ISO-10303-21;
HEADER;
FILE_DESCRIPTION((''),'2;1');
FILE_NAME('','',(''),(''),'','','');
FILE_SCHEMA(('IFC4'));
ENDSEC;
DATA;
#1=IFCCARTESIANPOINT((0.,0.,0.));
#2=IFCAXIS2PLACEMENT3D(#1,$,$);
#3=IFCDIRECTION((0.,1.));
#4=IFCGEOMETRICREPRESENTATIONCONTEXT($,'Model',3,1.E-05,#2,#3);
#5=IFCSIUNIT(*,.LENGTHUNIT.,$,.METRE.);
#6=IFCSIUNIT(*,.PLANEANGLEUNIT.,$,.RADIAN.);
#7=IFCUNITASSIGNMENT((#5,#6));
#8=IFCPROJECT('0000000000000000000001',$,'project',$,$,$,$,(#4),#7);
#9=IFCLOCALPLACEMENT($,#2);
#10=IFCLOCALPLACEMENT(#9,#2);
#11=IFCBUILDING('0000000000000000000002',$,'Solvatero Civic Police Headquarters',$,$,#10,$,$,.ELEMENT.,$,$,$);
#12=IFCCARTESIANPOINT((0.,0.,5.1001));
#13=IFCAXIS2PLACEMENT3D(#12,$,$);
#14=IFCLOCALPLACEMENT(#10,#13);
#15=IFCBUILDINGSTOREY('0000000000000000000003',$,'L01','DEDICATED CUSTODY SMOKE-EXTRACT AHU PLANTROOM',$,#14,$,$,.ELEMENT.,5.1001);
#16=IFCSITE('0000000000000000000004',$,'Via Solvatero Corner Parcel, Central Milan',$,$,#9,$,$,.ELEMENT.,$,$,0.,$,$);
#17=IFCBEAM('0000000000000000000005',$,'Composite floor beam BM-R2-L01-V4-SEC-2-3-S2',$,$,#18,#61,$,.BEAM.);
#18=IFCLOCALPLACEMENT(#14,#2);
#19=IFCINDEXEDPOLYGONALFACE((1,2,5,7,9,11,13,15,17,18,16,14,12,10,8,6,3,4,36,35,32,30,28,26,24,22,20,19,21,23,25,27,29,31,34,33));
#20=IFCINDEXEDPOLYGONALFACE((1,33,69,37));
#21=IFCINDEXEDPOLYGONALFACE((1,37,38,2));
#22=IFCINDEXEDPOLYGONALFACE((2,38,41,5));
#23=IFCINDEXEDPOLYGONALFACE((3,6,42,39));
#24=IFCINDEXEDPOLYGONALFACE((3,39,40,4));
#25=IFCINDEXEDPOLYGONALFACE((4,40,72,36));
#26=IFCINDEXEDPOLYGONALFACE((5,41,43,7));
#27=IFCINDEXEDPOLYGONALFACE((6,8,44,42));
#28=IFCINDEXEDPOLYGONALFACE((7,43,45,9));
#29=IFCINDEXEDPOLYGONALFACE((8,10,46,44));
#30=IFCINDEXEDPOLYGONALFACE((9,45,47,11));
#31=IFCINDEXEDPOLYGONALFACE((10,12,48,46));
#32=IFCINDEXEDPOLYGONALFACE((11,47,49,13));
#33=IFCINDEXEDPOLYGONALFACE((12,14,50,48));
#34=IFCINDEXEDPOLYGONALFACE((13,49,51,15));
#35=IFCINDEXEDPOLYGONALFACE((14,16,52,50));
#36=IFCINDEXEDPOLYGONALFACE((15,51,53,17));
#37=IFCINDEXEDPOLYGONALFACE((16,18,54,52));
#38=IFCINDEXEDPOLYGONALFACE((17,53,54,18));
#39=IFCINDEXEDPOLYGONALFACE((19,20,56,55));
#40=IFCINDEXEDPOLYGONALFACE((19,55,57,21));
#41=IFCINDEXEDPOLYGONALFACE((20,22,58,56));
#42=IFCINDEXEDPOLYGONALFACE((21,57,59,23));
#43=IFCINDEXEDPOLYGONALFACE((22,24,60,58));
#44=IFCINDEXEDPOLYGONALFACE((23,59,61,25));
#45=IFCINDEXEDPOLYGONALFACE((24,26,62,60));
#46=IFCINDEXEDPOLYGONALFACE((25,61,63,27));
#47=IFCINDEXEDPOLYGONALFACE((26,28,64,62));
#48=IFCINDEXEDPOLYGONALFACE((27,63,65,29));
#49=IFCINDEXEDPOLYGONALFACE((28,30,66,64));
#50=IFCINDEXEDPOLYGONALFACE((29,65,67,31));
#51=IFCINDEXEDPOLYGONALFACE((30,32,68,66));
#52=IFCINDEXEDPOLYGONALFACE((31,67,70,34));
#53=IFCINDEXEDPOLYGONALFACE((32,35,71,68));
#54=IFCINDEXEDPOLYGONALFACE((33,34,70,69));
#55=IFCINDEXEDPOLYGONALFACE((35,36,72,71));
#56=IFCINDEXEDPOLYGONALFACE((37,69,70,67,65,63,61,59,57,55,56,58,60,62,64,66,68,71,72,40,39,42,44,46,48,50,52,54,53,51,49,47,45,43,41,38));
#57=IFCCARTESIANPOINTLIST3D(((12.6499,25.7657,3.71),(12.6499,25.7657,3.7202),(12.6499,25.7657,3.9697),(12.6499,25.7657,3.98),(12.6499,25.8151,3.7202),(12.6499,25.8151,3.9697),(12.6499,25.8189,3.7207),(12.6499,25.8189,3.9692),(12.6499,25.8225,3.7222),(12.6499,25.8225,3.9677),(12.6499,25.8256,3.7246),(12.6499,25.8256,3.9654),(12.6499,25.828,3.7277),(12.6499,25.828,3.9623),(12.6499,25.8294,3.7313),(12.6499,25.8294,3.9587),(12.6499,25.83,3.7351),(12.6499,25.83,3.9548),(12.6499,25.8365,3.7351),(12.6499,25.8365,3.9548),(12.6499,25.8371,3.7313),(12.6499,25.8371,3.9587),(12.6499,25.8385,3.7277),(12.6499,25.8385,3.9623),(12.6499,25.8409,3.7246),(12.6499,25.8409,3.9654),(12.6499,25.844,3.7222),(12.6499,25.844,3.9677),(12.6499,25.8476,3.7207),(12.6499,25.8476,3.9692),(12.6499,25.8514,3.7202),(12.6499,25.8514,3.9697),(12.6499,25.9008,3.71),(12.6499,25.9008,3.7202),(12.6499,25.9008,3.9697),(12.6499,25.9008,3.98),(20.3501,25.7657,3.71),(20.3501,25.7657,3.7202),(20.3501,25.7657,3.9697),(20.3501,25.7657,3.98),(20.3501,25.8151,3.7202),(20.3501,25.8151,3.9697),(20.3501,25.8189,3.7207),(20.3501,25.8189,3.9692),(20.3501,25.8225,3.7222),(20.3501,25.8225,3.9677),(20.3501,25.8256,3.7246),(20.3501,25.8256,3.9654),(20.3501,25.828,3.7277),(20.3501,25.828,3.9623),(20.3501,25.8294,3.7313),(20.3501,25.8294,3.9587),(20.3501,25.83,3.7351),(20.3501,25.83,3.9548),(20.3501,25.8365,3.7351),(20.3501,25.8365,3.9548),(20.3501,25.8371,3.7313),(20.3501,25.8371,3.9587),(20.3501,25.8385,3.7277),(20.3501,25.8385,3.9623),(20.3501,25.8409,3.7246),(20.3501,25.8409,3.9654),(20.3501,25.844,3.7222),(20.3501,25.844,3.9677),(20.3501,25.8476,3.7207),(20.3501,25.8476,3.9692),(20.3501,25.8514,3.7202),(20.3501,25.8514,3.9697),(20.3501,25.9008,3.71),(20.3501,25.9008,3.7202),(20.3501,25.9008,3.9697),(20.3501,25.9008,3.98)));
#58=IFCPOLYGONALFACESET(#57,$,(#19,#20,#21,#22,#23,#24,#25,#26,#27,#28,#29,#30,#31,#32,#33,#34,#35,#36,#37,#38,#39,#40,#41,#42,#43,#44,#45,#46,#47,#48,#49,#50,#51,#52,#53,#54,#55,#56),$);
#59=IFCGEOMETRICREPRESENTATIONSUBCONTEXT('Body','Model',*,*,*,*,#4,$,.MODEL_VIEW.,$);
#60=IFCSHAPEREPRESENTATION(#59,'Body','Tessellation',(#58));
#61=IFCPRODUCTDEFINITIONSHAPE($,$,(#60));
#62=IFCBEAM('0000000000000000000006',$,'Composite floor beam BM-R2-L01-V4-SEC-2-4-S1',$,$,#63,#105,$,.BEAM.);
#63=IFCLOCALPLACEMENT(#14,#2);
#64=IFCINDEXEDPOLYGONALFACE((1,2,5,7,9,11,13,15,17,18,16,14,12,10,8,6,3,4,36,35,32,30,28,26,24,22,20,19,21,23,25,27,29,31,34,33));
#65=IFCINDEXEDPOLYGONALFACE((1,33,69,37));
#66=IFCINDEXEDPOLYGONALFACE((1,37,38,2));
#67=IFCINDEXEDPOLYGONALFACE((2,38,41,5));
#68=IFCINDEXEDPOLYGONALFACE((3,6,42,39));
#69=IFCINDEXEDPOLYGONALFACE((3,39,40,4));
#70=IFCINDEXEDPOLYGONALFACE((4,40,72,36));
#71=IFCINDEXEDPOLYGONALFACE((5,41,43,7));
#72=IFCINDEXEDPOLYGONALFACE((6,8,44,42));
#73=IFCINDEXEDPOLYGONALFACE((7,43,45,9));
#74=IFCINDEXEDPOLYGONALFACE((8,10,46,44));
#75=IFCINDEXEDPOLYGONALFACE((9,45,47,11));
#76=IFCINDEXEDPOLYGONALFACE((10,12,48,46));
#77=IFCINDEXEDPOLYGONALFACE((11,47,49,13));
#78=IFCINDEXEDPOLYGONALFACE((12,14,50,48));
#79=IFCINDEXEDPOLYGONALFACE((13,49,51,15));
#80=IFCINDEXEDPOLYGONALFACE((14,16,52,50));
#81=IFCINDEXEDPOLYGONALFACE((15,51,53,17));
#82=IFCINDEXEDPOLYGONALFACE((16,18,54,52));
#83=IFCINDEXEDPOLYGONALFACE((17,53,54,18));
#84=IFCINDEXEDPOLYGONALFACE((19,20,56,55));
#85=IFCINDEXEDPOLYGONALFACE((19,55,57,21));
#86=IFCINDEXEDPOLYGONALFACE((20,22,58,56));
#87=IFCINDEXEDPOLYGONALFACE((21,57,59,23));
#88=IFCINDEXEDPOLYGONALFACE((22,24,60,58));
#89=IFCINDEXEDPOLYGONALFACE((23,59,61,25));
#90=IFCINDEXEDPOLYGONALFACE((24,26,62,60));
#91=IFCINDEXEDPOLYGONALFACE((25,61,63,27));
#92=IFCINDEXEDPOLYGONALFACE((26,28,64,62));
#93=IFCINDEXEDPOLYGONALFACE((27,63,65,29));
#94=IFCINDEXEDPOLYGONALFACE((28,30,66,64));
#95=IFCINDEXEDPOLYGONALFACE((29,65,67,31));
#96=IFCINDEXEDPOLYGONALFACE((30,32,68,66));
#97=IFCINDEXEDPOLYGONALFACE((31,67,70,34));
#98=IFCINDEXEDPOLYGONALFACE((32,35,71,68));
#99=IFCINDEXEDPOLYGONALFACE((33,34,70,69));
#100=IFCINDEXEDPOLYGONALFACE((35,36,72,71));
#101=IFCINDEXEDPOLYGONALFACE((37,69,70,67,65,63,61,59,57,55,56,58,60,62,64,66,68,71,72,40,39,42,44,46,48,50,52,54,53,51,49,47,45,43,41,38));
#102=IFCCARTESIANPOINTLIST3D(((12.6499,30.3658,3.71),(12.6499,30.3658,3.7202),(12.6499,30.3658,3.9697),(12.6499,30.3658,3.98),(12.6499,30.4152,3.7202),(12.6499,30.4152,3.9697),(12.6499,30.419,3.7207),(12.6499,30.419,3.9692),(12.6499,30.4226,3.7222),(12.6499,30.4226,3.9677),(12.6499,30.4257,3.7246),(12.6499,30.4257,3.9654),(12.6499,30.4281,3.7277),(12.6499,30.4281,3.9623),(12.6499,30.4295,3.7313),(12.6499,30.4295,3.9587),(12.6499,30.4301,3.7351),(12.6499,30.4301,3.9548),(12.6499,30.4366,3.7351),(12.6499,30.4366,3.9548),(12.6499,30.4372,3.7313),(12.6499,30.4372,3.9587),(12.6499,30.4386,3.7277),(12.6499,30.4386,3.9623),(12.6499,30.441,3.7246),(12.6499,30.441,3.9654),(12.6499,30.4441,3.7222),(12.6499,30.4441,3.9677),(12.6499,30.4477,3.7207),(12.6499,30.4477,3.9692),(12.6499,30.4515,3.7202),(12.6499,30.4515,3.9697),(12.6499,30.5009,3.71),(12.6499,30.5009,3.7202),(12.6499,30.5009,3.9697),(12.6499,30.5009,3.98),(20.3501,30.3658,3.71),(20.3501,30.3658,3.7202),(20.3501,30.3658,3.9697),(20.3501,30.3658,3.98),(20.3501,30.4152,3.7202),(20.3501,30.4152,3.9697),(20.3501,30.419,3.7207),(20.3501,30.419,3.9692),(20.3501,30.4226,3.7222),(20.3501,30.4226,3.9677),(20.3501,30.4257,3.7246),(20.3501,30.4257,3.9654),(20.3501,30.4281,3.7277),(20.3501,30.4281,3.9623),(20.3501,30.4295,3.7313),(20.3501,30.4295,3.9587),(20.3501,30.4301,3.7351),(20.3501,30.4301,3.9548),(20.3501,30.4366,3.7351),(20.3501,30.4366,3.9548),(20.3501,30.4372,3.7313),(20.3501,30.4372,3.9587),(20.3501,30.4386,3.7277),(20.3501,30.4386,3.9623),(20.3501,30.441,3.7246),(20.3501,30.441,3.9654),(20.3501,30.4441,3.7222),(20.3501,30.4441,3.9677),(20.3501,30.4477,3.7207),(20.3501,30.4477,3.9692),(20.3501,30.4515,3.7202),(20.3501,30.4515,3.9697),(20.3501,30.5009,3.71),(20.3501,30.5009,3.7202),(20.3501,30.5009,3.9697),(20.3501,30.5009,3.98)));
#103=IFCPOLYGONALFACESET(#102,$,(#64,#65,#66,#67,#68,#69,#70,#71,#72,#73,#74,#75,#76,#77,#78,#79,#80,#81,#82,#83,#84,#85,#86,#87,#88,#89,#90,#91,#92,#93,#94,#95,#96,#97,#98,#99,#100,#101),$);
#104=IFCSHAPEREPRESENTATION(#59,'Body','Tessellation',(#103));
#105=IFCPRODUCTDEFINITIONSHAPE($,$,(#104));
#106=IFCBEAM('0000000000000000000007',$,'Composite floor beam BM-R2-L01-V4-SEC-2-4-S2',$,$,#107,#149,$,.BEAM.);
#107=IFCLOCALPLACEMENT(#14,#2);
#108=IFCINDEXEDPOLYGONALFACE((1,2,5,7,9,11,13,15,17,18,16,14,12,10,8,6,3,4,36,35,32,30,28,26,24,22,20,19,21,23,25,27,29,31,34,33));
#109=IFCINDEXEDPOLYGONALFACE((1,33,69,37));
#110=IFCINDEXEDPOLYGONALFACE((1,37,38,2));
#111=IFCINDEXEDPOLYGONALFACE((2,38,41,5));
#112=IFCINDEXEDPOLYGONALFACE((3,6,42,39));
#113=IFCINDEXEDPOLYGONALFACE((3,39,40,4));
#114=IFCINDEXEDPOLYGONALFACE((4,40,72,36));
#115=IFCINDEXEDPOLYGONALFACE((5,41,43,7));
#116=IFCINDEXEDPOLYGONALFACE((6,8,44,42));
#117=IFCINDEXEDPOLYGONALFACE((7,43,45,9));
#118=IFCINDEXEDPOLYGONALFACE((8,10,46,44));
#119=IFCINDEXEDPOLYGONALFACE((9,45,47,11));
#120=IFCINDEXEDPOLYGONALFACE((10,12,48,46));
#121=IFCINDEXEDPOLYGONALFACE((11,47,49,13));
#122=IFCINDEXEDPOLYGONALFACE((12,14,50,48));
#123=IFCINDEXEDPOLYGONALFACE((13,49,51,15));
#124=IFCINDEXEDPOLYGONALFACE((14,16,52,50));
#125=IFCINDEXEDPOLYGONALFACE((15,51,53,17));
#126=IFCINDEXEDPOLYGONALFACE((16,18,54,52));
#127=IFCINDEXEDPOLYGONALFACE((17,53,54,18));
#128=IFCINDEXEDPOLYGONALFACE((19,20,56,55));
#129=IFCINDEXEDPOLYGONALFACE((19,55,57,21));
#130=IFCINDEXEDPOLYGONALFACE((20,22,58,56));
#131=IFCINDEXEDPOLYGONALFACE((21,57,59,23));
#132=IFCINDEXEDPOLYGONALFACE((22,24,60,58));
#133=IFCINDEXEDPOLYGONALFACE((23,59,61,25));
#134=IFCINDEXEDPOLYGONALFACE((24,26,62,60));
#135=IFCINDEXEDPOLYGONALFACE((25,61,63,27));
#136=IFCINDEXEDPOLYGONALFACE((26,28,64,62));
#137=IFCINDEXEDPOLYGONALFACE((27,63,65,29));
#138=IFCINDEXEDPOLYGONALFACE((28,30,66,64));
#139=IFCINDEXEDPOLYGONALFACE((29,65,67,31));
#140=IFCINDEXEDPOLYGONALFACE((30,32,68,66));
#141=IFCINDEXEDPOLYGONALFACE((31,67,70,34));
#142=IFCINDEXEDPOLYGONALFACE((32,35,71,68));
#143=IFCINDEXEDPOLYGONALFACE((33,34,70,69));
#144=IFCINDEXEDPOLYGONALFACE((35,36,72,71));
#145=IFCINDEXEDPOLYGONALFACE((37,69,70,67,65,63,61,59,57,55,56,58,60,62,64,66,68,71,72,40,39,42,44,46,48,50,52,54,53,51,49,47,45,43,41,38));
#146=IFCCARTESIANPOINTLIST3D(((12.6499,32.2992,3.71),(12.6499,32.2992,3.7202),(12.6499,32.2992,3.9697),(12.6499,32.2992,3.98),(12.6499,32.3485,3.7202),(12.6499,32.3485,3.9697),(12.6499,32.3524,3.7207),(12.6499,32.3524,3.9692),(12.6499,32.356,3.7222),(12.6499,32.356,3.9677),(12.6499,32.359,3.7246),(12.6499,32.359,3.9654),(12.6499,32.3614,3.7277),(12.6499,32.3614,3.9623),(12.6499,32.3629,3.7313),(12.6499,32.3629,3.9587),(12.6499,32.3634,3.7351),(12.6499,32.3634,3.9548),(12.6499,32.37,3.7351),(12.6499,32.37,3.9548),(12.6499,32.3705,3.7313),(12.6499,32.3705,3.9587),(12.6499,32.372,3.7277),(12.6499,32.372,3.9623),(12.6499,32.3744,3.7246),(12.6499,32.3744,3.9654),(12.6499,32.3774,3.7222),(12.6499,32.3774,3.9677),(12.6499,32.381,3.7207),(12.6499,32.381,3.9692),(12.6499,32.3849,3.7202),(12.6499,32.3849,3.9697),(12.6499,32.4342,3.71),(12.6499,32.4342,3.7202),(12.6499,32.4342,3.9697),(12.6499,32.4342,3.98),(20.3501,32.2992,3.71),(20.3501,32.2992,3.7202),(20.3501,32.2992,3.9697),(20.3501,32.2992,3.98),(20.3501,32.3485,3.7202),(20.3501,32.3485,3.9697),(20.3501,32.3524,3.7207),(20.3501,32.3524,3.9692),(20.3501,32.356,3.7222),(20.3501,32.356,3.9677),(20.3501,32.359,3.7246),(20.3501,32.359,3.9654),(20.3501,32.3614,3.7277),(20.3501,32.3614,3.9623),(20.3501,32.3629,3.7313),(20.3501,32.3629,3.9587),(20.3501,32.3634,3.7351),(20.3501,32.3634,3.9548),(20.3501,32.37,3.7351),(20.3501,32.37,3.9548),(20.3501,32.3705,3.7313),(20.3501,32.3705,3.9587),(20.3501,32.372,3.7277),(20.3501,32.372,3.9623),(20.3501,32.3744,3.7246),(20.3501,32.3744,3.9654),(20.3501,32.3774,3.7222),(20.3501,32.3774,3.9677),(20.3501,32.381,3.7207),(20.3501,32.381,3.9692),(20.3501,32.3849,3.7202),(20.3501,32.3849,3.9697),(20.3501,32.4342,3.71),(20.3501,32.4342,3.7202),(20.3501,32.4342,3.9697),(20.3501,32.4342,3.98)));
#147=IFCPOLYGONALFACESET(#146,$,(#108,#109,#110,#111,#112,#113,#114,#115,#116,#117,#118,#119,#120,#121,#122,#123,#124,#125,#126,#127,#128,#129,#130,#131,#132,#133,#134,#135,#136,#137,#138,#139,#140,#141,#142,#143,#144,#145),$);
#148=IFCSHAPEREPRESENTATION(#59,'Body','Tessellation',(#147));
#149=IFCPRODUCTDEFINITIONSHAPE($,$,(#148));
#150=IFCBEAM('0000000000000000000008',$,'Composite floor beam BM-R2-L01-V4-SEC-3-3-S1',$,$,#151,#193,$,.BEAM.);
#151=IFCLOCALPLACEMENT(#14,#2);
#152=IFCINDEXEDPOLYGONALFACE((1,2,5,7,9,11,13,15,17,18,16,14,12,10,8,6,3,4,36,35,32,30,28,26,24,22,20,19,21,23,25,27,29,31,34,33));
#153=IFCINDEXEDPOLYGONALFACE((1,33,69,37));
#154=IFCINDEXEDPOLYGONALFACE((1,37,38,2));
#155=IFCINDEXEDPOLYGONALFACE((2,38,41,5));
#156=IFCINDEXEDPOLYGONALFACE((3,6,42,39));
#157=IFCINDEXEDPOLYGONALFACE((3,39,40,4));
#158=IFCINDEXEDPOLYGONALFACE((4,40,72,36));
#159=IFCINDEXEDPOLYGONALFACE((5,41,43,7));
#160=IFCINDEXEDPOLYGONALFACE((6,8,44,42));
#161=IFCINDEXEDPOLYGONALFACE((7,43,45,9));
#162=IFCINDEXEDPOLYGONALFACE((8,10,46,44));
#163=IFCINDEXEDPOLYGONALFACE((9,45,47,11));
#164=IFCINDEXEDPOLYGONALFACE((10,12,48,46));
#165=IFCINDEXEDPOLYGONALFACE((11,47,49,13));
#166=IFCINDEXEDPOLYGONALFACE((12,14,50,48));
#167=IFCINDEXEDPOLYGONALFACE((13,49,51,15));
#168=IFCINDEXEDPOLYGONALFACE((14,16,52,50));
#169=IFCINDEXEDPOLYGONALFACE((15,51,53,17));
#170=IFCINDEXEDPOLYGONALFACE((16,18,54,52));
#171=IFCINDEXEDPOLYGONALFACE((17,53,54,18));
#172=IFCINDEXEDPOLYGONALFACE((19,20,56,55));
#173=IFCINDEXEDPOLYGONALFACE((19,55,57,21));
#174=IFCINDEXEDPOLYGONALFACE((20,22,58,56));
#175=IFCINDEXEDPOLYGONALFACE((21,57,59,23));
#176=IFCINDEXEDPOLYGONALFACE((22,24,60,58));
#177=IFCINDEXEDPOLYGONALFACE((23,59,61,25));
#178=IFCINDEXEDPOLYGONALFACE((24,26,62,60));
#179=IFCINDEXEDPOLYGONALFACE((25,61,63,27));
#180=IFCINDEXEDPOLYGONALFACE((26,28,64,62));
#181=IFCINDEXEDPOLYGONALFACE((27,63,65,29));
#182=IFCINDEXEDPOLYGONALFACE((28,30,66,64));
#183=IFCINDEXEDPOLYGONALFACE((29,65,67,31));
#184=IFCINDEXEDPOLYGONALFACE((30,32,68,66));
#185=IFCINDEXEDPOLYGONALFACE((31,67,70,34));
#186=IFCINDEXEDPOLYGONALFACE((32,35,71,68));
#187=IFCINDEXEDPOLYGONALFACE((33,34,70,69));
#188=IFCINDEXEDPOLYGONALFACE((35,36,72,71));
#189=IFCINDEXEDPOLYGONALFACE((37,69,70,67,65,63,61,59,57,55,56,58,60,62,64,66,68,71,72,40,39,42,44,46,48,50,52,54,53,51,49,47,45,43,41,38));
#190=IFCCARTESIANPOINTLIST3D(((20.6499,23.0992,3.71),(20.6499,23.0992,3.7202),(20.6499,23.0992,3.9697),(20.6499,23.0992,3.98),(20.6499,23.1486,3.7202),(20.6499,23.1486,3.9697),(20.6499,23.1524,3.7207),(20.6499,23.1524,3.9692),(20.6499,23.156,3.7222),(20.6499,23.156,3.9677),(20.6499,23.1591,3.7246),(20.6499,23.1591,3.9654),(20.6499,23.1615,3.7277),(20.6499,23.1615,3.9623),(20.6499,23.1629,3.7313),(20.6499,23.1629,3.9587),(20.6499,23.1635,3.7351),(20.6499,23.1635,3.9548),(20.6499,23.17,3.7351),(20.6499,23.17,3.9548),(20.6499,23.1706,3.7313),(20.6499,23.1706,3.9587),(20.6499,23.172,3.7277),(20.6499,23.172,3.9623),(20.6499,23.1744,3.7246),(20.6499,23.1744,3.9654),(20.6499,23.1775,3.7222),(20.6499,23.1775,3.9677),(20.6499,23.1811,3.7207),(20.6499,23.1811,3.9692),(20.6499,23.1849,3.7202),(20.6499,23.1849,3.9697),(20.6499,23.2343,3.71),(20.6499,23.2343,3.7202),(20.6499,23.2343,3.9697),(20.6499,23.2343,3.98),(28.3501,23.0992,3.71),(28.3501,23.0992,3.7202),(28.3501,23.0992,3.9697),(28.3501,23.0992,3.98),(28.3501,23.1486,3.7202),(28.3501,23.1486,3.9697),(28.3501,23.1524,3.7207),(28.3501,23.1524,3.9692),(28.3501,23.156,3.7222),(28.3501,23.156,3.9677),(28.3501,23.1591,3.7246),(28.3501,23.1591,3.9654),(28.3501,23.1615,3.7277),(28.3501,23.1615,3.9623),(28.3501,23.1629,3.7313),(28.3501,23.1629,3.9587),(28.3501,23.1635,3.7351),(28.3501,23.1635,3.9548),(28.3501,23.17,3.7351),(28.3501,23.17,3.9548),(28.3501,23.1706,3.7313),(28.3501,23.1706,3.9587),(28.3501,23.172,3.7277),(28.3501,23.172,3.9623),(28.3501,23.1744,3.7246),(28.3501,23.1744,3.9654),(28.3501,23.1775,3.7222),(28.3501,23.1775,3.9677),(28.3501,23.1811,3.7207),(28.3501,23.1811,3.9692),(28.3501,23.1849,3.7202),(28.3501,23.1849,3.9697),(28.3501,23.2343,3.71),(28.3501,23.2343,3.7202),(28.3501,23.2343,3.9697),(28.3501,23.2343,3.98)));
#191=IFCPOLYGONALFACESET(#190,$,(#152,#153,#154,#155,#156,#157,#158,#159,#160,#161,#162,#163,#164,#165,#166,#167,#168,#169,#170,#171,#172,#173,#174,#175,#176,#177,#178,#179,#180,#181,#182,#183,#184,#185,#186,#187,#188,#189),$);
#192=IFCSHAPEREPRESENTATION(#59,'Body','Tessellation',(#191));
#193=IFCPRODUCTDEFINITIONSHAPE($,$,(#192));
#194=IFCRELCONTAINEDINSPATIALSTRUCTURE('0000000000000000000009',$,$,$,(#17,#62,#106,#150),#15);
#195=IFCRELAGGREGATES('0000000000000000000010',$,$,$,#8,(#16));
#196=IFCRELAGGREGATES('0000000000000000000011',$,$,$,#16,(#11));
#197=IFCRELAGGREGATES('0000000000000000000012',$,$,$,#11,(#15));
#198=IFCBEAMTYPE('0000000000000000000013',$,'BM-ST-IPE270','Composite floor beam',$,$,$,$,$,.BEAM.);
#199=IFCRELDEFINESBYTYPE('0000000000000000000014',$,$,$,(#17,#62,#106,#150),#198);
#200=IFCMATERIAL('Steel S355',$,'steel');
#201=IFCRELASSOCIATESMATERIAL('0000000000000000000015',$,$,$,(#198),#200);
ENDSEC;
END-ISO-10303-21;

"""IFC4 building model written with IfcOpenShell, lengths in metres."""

from ifc_helpers import new_model, si_unit, direction, frame, origin, origin_2d, place, context, subcontext, project, spatial, i_section, extrude, material, material_profile, profile_set, type_object, element, save


model = new_model("IFC4")

# Units and contexts
model_context = context("Model", 3, precision=1e-05, world=origin(), true_north=direction((0.0, 1.0)))
body_context = subcontext(model_context, "Body", "Model", "MODEL_VIEW")
ifc_project = project(units=[si_unit("LENGTHUNIT", "METRE"), si_unit("PLANEANGLEUNIT", "RADIAN")], contexts=[model_context])

# Site, building, storey
site_placement = place(None, origin())
site = spatial("IfcSite", under=ifc_project, at=site_placement, Name="Via Solvatero Corner Parcel, Central Milan", CompositionType="ELEMENT", RefElevation=0.0)
building_placement = place(site_placement, origin())
building = spatial("IfcBuilding", under=site, at=building_placement, Name="Solvatero Civic Police Headquarters", CompositionType="ELEMENT")
storey_placement = place(building_placement, frame((0.0, 0.0, 5.1001)))
storey = spatial("IfcBuildingStorey", under=building, at=storey_placement, Name="L01", Description="DEDICATED CUSTODY SMOKE-EXTRACT AHU PLANTROOM", CompositionType="ELEMENT", Elevation=5.1001)

# Shared definitions
ifc_material_1 = material(Name="Steel S355", Category="steel")

# Beams
ifc_material_profile_1 = material_profile(ifc_material_1, i_section(OverallWidth=0.135, OverallDepth=0.27, WebThickness=0.0066, FlangeThickness=0.0103, FilletRadius=0.0149, at=origin_2d()), Name="IPE 270")
ifc_profile_set_1 = profile_set([ifc_material_profile_1], Name="Steel S355")
beam_type_1 = type_object("IfcBeamType", Name="BM-ST-IPE270", Description="Composite floor beam", PredefinedType="BEAM", material=ifc_profile_set_1)
for number, where, z_axis, x_axis, name in (
    (1, (12.6499, 25.8333, 3.845), (1.0, 0.0, 0.0), (0.0, 1.0, 0.0), "Composite floor beam BM-R2-L01-V4-SEC-2-3-S2"),
    (2, (12.6499, 30.4333, 3.845), (1.0, 0.0, 0.0), (0.0, 1.0, 0.0), "Composite floor beam BM-R2-L01-V4-SEC-2-4-S1"),
    (3, (12.6499, 32.3667, 3.845), (1.0, 0.0, 0.0), (0.0, 1.0, 0.0), "Composite floor beam BM-R2-L01-V4-SEC-2-4-S2"),
    (4, (20.6499, 23.1667, 3.845), (1.0, 0.0, 0.0), (0.0, 1.0, 0.0), "Composite floor beam BM-R2-L01-V4-SEC-3-3-S1"),
):
    element("IfcBeam", number, at=place(storey_placement, frame(where, z_axis=z_axis, x_axis=x_axis)), inside=storey, type_object=beam_type_1, Name=name, PredefinedType="BEAM", context=body_context, shape_type="SweptSolid", body=[
        extrude(i_section(OverallWidth=0.135, OverallDepth=0.27, WebThickness=0.0066, FlangeThickness=0.0103, FilletRadius=0.0149, at=origin_2d()), origin(), (0.0, 0.0, 1.0), 7.7002),
    ])

save(model, "model.ifc")
